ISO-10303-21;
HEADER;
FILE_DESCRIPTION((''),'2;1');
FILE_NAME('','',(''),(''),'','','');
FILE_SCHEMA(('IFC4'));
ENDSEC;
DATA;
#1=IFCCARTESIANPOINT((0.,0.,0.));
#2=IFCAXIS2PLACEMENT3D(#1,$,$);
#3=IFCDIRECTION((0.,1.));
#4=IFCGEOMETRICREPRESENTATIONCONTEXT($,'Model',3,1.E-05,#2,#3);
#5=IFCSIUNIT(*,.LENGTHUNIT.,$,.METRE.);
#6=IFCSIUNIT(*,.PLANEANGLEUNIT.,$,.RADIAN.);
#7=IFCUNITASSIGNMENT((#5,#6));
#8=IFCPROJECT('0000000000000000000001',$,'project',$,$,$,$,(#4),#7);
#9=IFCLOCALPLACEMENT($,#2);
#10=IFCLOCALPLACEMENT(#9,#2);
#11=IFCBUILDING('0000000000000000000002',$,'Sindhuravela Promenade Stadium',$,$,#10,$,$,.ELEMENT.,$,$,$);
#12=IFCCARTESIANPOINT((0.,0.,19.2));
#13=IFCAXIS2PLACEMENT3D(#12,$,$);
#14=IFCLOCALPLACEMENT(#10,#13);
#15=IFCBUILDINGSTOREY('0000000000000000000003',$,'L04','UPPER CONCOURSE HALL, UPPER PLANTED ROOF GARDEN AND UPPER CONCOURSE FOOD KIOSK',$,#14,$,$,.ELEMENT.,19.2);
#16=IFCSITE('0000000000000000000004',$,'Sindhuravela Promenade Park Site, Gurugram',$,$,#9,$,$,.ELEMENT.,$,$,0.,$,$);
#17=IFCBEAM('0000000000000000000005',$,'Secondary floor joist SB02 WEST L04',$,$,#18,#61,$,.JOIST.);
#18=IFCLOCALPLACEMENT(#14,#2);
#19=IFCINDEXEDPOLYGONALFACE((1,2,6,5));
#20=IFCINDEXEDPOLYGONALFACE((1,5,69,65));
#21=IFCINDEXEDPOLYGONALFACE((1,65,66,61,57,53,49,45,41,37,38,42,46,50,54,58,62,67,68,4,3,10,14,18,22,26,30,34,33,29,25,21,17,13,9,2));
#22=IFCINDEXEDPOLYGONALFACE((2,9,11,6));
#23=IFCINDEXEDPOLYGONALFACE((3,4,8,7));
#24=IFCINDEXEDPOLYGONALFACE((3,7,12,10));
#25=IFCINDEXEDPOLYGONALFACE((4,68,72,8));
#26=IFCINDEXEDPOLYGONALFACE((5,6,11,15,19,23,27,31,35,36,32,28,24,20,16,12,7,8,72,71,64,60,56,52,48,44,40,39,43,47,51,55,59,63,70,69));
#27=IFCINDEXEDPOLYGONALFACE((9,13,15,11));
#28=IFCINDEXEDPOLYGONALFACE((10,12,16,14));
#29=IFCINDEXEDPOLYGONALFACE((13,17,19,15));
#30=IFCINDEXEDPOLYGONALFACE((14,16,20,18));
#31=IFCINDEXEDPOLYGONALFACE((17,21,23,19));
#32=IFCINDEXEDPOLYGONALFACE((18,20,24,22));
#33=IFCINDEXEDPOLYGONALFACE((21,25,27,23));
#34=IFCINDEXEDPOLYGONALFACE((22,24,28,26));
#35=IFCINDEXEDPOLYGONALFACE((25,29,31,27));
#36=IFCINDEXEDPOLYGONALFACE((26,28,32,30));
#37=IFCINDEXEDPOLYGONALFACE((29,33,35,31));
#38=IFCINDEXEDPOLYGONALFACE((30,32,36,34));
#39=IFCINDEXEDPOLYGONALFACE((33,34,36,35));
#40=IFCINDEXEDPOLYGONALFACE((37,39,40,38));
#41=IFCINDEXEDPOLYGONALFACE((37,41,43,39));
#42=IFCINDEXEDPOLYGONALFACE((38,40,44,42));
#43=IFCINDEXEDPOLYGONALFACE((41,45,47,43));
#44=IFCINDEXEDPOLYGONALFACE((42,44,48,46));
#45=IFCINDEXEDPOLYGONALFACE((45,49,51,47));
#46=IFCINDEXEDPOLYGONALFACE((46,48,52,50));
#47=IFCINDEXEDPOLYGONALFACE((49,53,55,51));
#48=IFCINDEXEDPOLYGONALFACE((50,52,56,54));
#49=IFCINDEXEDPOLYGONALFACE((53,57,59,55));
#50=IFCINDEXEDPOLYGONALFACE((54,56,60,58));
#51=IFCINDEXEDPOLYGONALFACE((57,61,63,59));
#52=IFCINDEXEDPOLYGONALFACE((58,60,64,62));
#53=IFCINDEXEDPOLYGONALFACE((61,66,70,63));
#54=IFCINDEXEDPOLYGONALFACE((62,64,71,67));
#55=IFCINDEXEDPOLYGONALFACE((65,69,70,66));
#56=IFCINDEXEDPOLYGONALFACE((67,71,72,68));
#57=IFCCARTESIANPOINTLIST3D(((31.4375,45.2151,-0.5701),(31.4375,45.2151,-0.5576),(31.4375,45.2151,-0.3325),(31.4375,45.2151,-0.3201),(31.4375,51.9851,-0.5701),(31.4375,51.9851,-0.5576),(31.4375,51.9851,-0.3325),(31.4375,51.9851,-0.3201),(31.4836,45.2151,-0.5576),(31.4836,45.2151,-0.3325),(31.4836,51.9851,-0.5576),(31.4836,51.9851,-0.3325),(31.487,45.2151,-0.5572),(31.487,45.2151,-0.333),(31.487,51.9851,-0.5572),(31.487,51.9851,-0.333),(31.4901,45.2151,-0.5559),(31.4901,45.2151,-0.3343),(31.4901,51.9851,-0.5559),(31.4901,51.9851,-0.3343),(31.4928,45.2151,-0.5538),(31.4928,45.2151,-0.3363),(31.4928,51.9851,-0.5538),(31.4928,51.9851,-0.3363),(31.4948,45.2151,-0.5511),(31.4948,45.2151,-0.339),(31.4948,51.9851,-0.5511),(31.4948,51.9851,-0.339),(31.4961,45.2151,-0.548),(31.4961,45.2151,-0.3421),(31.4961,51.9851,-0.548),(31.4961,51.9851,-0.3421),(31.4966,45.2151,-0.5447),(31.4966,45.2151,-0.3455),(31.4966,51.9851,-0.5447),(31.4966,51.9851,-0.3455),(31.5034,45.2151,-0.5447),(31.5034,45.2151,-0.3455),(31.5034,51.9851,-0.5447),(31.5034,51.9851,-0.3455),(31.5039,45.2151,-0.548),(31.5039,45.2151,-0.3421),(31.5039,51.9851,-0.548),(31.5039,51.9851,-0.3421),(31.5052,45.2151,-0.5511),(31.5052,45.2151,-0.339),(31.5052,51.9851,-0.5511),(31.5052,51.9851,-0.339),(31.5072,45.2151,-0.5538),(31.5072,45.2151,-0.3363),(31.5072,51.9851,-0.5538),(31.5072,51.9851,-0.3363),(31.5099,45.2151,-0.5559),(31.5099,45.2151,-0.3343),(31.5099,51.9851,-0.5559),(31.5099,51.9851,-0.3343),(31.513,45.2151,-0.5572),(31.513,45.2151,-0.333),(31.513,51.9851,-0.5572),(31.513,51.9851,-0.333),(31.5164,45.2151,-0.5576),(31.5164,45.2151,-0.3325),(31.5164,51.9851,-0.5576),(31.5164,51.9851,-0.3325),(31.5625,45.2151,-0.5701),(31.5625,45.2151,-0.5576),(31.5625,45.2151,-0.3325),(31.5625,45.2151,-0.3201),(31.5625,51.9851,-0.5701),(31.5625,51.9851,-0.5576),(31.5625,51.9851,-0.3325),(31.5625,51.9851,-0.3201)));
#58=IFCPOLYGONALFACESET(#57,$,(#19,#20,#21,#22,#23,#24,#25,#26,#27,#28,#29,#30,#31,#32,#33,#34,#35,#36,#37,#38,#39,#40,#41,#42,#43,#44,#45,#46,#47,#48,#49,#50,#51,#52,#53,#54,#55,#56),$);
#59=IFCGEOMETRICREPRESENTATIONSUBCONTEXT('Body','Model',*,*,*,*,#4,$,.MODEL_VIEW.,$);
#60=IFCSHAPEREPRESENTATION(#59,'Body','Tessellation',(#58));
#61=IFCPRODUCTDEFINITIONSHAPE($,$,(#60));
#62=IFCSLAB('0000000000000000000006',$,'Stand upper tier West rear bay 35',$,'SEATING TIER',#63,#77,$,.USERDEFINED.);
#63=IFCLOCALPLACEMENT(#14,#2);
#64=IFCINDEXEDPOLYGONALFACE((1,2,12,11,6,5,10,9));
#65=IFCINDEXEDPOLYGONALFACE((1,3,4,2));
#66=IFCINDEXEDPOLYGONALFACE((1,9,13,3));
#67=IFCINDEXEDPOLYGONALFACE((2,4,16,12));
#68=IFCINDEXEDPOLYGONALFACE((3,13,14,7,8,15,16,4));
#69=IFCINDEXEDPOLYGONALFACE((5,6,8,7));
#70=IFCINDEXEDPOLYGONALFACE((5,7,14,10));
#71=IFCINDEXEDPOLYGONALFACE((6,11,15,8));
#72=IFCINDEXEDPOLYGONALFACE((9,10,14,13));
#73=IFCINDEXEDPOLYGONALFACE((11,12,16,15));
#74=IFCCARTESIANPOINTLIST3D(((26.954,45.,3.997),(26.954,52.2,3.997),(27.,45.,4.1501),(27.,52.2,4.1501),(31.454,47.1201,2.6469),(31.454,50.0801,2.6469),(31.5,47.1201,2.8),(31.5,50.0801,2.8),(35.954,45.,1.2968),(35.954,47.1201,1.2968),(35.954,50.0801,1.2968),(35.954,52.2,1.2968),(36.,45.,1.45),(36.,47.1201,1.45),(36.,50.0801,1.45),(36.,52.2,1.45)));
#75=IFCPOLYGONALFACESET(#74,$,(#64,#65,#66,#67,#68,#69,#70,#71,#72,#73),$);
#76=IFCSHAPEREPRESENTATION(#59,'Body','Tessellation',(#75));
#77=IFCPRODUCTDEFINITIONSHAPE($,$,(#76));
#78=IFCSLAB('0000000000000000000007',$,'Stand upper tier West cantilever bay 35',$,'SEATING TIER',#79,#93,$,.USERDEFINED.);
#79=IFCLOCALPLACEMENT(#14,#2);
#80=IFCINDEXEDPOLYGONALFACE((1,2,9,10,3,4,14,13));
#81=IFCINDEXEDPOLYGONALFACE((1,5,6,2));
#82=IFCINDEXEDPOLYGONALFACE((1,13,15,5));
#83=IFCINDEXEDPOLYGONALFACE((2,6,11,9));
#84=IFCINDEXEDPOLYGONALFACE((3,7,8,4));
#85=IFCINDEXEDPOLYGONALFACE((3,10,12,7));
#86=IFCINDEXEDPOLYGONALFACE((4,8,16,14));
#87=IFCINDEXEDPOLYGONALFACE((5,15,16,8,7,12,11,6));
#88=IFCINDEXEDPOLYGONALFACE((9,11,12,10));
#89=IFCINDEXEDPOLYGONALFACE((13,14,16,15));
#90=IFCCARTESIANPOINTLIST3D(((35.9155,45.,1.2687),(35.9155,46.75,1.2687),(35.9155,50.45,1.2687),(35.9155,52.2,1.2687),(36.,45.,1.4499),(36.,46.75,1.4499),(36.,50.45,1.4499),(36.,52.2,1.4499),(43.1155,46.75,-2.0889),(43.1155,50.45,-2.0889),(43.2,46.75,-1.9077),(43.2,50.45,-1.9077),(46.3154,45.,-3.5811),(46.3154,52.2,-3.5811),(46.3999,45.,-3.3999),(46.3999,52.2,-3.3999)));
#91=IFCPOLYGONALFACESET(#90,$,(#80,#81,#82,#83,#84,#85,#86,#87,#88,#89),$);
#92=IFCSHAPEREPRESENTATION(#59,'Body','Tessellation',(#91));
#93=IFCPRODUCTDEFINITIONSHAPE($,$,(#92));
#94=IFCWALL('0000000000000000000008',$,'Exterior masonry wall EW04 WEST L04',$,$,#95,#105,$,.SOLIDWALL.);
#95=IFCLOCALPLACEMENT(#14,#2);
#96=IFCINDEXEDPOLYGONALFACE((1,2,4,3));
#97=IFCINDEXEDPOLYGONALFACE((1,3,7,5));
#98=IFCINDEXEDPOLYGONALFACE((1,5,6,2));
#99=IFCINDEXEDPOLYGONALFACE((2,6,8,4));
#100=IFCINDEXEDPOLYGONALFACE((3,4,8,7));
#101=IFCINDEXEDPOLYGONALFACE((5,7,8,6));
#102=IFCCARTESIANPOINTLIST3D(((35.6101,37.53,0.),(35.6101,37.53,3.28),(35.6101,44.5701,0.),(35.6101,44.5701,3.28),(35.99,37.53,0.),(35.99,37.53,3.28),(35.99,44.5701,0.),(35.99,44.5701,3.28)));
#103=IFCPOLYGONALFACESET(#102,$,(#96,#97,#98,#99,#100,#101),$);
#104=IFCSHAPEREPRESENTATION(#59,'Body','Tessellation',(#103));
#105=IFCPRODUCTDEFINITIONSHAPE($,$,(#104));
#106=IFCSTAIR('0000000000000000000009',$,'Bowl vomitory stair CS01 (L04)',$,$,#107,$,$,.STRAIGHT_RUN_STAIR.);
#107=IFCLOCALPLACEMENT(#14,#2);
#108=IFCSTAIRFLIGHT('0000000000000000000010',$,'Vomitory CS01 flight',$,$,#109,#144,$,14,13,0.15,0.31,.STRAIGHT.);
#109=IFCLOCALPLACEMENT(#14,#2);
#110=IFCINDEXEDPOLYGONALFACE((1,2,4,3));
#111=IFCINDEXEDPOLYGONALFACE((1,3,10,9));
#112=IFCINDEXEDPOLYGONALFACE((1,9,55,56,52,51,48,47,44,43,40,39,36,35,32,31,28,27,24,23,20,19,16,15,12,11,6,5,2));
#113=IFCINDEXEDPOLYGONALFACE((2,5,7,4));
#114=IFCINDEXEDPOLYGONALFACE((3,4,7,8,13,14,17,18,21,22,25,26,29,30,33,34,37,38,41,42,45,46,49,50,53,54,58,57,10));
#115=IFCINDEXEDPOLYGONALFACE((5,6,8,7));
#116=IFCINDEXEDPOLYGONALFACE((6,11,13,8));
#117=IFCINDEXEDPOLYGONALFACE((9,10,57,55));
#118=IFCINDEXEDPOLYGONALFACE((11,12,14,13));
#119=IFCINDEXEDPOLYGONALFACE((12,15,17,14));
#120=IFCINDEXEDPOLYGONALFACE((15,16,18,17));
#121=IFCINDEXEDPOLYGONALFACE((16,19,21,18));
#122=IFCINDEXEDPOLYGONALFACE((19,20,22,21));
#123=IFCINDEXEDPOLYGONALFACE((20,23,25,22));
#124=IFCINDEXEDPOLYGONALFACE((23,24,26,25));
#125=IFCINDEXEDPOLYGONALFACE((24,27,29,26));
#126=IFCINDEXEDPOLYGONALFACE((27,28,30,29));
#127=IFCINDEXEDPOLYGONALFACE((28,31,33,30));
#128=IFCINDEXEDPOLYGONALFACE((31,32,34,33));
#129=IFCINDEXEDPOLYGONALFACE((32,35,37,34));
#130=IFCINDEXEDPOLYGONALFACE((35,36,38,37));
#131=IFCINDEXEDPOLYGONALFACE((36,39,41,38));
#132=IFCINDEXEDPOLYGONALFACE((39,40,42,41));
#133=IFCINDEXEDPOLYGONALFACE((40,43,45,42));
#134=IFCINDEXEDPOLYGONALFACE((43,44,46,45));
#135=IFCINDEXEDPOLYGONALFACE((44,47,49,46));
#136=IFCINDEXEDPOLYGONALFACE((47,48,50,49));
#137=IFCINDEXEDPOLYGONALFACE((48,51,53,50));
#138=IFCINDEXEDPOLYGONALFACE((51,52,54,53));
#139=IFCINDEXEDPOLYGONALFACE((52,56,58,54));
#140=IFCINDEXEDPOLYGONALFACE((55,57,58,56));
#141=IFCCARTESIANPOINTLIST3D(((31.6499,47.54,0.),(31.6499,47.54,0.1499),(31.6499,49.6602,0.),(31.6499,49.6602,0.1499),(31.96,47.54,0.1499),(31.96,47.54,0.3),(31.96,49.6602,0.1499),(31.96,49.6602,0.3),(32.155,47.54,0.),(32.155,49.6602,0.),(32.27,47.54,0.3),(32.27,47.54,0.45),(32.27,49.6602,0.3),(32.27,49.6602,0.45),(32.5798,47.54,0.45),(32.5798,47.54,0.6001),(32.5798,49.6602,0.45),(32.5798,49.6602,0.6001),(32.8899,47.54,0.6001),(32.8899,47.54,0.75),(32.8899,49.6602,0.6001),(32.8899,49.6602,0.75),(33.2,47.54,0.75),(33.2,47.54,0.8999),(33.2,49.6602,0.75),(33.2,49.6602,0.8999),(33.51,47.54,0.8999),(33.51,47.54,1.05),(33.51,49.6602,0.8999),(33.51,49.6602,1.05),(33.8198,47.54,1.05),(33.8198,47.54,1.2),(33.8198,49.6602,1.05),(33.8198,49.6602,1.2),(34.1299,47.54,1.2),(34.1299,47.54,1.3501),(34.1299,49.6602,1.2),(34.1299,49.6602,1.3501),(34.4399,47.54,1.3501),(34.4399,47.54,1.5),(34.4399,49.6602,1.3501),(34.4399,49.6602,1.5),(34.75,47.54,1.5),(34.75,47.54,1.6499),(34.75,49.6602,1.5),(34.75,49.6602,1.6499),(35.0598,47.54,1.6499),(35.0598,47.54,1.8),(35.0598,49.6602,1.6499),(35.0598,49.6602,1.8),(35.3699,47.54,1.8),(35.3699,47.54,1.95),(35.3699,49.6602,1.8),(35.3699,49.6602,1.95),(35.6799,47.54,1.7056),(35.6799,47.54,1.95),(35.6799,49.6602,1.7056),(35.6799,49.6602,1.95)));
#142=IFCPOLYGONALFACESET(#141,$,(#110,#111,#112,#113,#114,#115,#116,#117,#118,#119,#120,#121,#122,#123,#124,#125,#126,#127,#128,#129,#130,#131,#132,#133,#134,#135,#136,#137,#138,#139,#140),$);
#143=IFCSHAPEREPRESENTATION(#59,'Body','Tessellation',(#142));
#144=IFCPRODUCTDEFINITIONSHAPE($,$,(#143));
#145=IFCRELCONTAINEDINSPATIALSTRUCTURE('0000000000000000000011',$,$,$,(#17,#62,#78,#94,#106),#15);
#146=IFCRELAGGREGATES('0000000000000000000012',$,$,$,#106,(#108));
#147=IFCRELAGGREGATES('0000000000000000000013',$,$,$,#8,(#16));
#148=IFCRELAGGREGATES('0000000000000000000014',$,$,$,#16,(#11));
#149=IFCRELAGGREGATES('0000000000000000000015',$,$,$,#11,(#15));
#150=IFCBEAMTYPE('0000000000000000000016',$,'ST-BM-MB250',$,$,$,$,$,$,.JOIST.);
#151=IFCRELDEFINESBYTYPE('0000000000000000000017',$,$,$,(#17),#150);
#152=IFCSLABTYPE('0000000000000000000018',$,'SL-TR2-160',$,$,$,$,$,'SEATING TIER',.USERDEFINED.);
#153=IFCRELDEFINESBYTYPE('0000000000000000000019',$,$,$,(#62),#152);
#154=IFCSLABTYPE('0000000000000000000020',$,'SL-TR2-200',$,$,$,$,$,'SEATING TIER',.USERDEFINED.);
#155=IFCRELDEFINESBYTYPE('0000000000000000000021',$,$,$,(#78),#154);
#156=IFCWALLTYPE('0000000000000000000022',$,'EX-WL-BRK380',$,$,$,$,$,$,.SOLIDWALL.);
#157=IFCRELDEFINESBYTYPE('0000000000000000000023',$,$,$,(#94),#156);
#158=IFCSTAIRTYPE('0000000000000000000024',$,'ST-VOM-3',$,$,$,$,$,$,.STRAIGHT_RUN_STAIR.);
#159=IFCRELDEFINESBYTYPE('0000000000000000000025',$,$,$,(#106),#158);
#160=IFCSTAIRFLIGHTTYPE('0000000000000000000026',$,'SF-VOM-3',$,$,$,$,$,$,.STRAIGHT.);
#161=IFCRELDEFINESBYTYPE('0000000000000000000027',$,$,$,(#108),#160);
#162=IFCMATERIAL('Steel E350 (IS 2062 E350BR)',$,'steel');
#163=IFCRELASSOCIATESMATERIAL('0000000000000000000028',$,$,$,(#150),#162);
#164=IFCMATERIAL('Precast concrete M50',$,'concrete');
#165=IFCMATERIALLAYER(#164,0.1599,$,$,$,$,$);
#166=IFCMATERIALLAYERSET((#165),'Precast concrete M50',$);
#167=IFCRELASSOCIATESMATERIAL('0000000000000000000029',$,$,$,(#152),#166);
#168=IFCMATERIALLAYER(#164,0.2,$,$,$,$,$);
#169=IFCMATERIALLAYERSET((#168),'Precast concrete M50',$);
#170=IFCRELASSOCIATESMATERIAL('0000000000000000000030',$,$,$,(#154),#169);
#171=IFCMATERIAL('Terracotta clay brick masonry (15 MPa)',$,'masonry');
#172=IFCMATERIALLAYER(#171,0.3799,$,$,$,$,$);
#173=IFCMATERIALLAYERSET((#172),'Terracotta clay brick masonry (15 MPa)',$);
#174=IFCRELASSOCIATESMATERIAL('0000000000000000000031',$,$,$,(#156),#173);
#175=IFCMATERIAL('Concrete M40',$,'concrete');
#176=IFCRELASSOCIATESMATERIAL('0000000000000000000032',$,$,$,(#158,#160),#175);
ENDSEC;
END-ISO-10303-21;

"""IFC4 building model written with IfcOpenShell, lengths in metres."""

from ifc_helpers import new_model, si_unit, direction, frame, frame_2d, origin, origin_2d, place, context, subcontext, project, spatial, polyline, rectangle, i_section, outline, extrude, material, layer, layer_set, material_profile, profile_set, type_object, element, aggregate, save


model = new_model("IFC4")

# Units and contexts
model_context = context("Model", 3, precision=1e-05, world=origin(), true_north=direction((0.0, 1.0)))
body_context = subcontext(model_context, "Body", "Model", "MODEL_VIEW")
ifc_project = project(units=[si_unit("LENGTHUNIT", "METRE"), si_unit("PLANEANGLEUNIT", "RADIAN")], contexts=[model_context])

# Site, building, storey
site_placement = place(None, origin())
site = spatial("IfcSite", under=ifc_project, at=site_placement, Name="Sindhuravela Promenade Park Site, Gurugram", CompositionType="ELEMENT", RefElevation=0.0)
building_placement = place(site_placement, origin())
building = spatial("IfcBuilding", under=site, at=building_placement, Name="Sindhuravela Promenade Stadium", CompositionType="ELEMENT")
storey_placement = place(building_placement, frame((0.0, 0.0, 19.2)))
storey = spatial("IfcBuildingStorey", under=building, at=storey_placement, Name="L04", Description="UPPER CONCOURSE HALL, UPPER PLANTED ROOF GARDEN AND UPPER CONCOURSE FOOD KIOSK", CompositionType="ELEMENT", Elevation=19.2)

# Shared definitions
ifc_material_1 = material(Name="Concrete M40", Category="concrete")

# Beam
ifc_material_2 = material(Name="Steel E350 (IS 2062 E350BR)", Category="steel")
ifc_material_profile_1 = material_profile(ifc_material_2, i_section(OverallWidth=0.125, OverallDepth=0.25, WebThickness=0.0068, FlangeThickness=0.0125, FilletRadius=0.0129, at=origin_2d()), Name="ISMB 250")
ifc_profile_set_1 = profile_set([ifc_material_profile_1], Name="Steel E350 (IS 2062 E350BR)")
beam_type_1 = type_object("IfcBeamType", Name="ST-BM-MB250", PredefinedType="JOIST", material=ifc_profile_set_1)
beam_1_placement = place(storey_placement, frame((31.5, 45.2151, -0.4451), z_axis=(0.0, 1.0, 0.0), x_axis=(-1.0, 0.0, 0.0)))
element("IfcBeam", 1, at=beam_1_placement, inside=storey, type_object=beam_type_1, Name="Secondary floor joist SB02 WEST L04", PredefinedType="JOIST", context=body_context, shape_type="SweptSolid", body=[
    extrude(i_section(OverallWidth=0.125, OverallDepth=0.25, WebThickness=0.0068, FlangeThickness=0.0125, FilletRadius=0.0129, at=origin_2d()), origin(), (0.0, 0.0, 1.0), 6.77),
])

# Slabs
ifc_material_3 = material(Name="Precast concrete M50", Category="concrete")
ifc_layer_1 = layer(ifc_material_3, 0.1599)
ifc_layer_set_1 = layer_set([ifc_layer_1], Name="Precast concrete M50")
slab_type_1 = type_object("IfcSlabType", Name="SL-TR2-160", ElementType="SEATING TIER", PredefinedType="USERDEFINED", material=ifc_layer_set_1)
slab_1_placement = place(storey_placement, frame((36.0, 45.0, 1.45), z_axis=(0.287367, 0.0, 0.957821), x_axis=(0.0, 1.0, 0.0)))
element("IfcSlab", 2, at=slab_1_placement, inside=storey, type_object=slab_type_1, Name="Stand upper tier West rear bay 35", ObjectType="SEATING TIER", PredefinedType="USERDEFINED", context=body_context, shape_type="SweptSolid", body=[
    extrude(outline(polyline([(0.0, 0.0), (2.1201, 0.0), (2.1201, 4.6982), (5.0801, 4.6982), (5.0801, 0.0), (7.2, 0.0), (7.2, 9.3963), (0.0, 9.3963), (0.0, 0.0)])), origin(), (0.0, 0.0, -1.0), 0.1599),
])
ifc_layer_2 = layer(ifc_material_3, 0.2)
ifc_layer_set_2 = layer_set([ifc_layer_2], Name="Precast concrete M50")
slab_type_2 = type_object("IfcSlabType", Name="SL-TR2-200", ElementType="SEATING TIER", PredefinedType="USERDEFINED", material=ifc_layer_set_2)
slab_2_placement = place(storey_placement, frame((46.3999, 45.0, -3.3999), z_axis=(0.422636, 0.0, 0.9063), x_axis=(0.0, 1.0, 0.0)))
element("IfcSlab", 3, at=slab_2_placement, inside=storey, type_object=slab_type_2, Name="Stand upper tier West cantilever bay 35", ObjectType="SEATING TIER", PredefinedType="USERDEFINED", context=body_context, shape_type="SweptSolid", body=[
    extrude(outline(polyline([(0.0, 0.0), (7.2, 0.0), (7.2, 11.4751), (5.45, 11.4751), (5.45, 3.5308), (1.75, 3.5308), (1.75, 11.4751), (0.0, 11.4751), (0.0, 0.0)])), origin(), (0.0, 0.0, -1.0), 0.2),
])

# Wall
ifc_material_4 = material(Name="Terracotta clay brick masonry (15 MPa)", Category="masonry")
ifc_layer_3 = layer(ifc_material_4, 0.3799)
ifc_layer_set_3 = layer_set([ifc_layer_3], Name="Terracotta clay brick masonry (15 MPa)")
wall_type = type_object("IfcWallType", Name="EX-WL-BRK380", PredefinedType="SOLIDWALL", material=ifc_layer_set_3)
wall_placement = place(storey_placement, frame((35.8, 44.5701, 0.0), z_axis=(0.0, 0.0, 1.0), x_axis=(0.0, -1.0, 0.0)))
element("IfcWall", 4, at=wall_placement, inside=storey, type_object=wall_type, Name="Exterior masonry wall EW04 WEST L04", PredefinedType="SOLIDWALL", context=body_context, shape_type="SweptSolid", body=[
    extrude(rectangle(XDim=7.04, YDim=0.3799, at=frame_2d((3.52, 0.0))), origin(), (0.0, 0.0, 1.0), 3.28),
])

# Stair, stair flight
stair_type = type_object("IfcStairType", Name="ST-VOM-3", PredefinedType="STRAIGHT_RUN_STAIR", material=ifc_material_1)
stair_placement = place(storey_placement, origin())
stair = element("IfcStair", 5, at=stair_placement, inside=storey, type_object=stair_type, Name="Bowl vomitory stair CS01 (L04)", PredefinedType="STRAIGHT_RUN_STAIR")
stair_flight_type = type_object("IfcStairFlightType", Name="SF-VOM-3", PredefinedType="STRAIGHT", material=ifc_material_1)
stair_flight_placement = place(storey_placement, frame((31.6499, 48.6001, 0.0), z_axis=(0.0, 0.0, 1.0), x_axis=(1.0, 0.0, 0.0)))
stair_flight = element("IfcStairFlight", 6, at=stair_flight_placement, type_object=stair_flight_type, Name="Vomitory CS01 flight", NumberOfRisers=14, NumberOfTreads=13, PredefinedType="STRAIGHT", RiserHeight=0.15, TreadLength=0.31, context=body_context, shape_type="SweptSolid", body=[
    extrude(outline(polyline([(0.0, 0.0), (0.0, 0.1499), (0.3101, 0.1499), (0.3101, 0.3), (0.6201, 0.3), (0.6201, 0.45), (0.9299, 0.45), (0.9299, 0.6001), (1.24, 0.6001), (1.24, 0.75), (1.55, 0.75), (1.55, 0.8999), (1.8601, 0.8999), (1.8601, 1.05), (2.1699, 1.05), (2.1699, 1.2), (2.48, 1.2), (2.48, 1.3501), (2.79, 1.3501), (2.79, 1.5), (3.1001, 1.5), (3.1001, 1.6499), (3.4099, 1.6499), (3.4099, 1.8), (3.72, 1.8), (3.72, 1.95), (4.03, 1.95), (4.03, 2.1001), (4.03, 1.7056), (0.5051, 0.0), (0.0, 0.0)])), frame((0.0, 1.0601, 0.0), z_axis=(0.0, -1.0, 0.0), x_axis=(1.0, 0.0, 0.0)), (0.0, 0.0, 1.0), 2.1201),
])
aggregate(stair, [stair_flight])

save(model, "model.ifc")
